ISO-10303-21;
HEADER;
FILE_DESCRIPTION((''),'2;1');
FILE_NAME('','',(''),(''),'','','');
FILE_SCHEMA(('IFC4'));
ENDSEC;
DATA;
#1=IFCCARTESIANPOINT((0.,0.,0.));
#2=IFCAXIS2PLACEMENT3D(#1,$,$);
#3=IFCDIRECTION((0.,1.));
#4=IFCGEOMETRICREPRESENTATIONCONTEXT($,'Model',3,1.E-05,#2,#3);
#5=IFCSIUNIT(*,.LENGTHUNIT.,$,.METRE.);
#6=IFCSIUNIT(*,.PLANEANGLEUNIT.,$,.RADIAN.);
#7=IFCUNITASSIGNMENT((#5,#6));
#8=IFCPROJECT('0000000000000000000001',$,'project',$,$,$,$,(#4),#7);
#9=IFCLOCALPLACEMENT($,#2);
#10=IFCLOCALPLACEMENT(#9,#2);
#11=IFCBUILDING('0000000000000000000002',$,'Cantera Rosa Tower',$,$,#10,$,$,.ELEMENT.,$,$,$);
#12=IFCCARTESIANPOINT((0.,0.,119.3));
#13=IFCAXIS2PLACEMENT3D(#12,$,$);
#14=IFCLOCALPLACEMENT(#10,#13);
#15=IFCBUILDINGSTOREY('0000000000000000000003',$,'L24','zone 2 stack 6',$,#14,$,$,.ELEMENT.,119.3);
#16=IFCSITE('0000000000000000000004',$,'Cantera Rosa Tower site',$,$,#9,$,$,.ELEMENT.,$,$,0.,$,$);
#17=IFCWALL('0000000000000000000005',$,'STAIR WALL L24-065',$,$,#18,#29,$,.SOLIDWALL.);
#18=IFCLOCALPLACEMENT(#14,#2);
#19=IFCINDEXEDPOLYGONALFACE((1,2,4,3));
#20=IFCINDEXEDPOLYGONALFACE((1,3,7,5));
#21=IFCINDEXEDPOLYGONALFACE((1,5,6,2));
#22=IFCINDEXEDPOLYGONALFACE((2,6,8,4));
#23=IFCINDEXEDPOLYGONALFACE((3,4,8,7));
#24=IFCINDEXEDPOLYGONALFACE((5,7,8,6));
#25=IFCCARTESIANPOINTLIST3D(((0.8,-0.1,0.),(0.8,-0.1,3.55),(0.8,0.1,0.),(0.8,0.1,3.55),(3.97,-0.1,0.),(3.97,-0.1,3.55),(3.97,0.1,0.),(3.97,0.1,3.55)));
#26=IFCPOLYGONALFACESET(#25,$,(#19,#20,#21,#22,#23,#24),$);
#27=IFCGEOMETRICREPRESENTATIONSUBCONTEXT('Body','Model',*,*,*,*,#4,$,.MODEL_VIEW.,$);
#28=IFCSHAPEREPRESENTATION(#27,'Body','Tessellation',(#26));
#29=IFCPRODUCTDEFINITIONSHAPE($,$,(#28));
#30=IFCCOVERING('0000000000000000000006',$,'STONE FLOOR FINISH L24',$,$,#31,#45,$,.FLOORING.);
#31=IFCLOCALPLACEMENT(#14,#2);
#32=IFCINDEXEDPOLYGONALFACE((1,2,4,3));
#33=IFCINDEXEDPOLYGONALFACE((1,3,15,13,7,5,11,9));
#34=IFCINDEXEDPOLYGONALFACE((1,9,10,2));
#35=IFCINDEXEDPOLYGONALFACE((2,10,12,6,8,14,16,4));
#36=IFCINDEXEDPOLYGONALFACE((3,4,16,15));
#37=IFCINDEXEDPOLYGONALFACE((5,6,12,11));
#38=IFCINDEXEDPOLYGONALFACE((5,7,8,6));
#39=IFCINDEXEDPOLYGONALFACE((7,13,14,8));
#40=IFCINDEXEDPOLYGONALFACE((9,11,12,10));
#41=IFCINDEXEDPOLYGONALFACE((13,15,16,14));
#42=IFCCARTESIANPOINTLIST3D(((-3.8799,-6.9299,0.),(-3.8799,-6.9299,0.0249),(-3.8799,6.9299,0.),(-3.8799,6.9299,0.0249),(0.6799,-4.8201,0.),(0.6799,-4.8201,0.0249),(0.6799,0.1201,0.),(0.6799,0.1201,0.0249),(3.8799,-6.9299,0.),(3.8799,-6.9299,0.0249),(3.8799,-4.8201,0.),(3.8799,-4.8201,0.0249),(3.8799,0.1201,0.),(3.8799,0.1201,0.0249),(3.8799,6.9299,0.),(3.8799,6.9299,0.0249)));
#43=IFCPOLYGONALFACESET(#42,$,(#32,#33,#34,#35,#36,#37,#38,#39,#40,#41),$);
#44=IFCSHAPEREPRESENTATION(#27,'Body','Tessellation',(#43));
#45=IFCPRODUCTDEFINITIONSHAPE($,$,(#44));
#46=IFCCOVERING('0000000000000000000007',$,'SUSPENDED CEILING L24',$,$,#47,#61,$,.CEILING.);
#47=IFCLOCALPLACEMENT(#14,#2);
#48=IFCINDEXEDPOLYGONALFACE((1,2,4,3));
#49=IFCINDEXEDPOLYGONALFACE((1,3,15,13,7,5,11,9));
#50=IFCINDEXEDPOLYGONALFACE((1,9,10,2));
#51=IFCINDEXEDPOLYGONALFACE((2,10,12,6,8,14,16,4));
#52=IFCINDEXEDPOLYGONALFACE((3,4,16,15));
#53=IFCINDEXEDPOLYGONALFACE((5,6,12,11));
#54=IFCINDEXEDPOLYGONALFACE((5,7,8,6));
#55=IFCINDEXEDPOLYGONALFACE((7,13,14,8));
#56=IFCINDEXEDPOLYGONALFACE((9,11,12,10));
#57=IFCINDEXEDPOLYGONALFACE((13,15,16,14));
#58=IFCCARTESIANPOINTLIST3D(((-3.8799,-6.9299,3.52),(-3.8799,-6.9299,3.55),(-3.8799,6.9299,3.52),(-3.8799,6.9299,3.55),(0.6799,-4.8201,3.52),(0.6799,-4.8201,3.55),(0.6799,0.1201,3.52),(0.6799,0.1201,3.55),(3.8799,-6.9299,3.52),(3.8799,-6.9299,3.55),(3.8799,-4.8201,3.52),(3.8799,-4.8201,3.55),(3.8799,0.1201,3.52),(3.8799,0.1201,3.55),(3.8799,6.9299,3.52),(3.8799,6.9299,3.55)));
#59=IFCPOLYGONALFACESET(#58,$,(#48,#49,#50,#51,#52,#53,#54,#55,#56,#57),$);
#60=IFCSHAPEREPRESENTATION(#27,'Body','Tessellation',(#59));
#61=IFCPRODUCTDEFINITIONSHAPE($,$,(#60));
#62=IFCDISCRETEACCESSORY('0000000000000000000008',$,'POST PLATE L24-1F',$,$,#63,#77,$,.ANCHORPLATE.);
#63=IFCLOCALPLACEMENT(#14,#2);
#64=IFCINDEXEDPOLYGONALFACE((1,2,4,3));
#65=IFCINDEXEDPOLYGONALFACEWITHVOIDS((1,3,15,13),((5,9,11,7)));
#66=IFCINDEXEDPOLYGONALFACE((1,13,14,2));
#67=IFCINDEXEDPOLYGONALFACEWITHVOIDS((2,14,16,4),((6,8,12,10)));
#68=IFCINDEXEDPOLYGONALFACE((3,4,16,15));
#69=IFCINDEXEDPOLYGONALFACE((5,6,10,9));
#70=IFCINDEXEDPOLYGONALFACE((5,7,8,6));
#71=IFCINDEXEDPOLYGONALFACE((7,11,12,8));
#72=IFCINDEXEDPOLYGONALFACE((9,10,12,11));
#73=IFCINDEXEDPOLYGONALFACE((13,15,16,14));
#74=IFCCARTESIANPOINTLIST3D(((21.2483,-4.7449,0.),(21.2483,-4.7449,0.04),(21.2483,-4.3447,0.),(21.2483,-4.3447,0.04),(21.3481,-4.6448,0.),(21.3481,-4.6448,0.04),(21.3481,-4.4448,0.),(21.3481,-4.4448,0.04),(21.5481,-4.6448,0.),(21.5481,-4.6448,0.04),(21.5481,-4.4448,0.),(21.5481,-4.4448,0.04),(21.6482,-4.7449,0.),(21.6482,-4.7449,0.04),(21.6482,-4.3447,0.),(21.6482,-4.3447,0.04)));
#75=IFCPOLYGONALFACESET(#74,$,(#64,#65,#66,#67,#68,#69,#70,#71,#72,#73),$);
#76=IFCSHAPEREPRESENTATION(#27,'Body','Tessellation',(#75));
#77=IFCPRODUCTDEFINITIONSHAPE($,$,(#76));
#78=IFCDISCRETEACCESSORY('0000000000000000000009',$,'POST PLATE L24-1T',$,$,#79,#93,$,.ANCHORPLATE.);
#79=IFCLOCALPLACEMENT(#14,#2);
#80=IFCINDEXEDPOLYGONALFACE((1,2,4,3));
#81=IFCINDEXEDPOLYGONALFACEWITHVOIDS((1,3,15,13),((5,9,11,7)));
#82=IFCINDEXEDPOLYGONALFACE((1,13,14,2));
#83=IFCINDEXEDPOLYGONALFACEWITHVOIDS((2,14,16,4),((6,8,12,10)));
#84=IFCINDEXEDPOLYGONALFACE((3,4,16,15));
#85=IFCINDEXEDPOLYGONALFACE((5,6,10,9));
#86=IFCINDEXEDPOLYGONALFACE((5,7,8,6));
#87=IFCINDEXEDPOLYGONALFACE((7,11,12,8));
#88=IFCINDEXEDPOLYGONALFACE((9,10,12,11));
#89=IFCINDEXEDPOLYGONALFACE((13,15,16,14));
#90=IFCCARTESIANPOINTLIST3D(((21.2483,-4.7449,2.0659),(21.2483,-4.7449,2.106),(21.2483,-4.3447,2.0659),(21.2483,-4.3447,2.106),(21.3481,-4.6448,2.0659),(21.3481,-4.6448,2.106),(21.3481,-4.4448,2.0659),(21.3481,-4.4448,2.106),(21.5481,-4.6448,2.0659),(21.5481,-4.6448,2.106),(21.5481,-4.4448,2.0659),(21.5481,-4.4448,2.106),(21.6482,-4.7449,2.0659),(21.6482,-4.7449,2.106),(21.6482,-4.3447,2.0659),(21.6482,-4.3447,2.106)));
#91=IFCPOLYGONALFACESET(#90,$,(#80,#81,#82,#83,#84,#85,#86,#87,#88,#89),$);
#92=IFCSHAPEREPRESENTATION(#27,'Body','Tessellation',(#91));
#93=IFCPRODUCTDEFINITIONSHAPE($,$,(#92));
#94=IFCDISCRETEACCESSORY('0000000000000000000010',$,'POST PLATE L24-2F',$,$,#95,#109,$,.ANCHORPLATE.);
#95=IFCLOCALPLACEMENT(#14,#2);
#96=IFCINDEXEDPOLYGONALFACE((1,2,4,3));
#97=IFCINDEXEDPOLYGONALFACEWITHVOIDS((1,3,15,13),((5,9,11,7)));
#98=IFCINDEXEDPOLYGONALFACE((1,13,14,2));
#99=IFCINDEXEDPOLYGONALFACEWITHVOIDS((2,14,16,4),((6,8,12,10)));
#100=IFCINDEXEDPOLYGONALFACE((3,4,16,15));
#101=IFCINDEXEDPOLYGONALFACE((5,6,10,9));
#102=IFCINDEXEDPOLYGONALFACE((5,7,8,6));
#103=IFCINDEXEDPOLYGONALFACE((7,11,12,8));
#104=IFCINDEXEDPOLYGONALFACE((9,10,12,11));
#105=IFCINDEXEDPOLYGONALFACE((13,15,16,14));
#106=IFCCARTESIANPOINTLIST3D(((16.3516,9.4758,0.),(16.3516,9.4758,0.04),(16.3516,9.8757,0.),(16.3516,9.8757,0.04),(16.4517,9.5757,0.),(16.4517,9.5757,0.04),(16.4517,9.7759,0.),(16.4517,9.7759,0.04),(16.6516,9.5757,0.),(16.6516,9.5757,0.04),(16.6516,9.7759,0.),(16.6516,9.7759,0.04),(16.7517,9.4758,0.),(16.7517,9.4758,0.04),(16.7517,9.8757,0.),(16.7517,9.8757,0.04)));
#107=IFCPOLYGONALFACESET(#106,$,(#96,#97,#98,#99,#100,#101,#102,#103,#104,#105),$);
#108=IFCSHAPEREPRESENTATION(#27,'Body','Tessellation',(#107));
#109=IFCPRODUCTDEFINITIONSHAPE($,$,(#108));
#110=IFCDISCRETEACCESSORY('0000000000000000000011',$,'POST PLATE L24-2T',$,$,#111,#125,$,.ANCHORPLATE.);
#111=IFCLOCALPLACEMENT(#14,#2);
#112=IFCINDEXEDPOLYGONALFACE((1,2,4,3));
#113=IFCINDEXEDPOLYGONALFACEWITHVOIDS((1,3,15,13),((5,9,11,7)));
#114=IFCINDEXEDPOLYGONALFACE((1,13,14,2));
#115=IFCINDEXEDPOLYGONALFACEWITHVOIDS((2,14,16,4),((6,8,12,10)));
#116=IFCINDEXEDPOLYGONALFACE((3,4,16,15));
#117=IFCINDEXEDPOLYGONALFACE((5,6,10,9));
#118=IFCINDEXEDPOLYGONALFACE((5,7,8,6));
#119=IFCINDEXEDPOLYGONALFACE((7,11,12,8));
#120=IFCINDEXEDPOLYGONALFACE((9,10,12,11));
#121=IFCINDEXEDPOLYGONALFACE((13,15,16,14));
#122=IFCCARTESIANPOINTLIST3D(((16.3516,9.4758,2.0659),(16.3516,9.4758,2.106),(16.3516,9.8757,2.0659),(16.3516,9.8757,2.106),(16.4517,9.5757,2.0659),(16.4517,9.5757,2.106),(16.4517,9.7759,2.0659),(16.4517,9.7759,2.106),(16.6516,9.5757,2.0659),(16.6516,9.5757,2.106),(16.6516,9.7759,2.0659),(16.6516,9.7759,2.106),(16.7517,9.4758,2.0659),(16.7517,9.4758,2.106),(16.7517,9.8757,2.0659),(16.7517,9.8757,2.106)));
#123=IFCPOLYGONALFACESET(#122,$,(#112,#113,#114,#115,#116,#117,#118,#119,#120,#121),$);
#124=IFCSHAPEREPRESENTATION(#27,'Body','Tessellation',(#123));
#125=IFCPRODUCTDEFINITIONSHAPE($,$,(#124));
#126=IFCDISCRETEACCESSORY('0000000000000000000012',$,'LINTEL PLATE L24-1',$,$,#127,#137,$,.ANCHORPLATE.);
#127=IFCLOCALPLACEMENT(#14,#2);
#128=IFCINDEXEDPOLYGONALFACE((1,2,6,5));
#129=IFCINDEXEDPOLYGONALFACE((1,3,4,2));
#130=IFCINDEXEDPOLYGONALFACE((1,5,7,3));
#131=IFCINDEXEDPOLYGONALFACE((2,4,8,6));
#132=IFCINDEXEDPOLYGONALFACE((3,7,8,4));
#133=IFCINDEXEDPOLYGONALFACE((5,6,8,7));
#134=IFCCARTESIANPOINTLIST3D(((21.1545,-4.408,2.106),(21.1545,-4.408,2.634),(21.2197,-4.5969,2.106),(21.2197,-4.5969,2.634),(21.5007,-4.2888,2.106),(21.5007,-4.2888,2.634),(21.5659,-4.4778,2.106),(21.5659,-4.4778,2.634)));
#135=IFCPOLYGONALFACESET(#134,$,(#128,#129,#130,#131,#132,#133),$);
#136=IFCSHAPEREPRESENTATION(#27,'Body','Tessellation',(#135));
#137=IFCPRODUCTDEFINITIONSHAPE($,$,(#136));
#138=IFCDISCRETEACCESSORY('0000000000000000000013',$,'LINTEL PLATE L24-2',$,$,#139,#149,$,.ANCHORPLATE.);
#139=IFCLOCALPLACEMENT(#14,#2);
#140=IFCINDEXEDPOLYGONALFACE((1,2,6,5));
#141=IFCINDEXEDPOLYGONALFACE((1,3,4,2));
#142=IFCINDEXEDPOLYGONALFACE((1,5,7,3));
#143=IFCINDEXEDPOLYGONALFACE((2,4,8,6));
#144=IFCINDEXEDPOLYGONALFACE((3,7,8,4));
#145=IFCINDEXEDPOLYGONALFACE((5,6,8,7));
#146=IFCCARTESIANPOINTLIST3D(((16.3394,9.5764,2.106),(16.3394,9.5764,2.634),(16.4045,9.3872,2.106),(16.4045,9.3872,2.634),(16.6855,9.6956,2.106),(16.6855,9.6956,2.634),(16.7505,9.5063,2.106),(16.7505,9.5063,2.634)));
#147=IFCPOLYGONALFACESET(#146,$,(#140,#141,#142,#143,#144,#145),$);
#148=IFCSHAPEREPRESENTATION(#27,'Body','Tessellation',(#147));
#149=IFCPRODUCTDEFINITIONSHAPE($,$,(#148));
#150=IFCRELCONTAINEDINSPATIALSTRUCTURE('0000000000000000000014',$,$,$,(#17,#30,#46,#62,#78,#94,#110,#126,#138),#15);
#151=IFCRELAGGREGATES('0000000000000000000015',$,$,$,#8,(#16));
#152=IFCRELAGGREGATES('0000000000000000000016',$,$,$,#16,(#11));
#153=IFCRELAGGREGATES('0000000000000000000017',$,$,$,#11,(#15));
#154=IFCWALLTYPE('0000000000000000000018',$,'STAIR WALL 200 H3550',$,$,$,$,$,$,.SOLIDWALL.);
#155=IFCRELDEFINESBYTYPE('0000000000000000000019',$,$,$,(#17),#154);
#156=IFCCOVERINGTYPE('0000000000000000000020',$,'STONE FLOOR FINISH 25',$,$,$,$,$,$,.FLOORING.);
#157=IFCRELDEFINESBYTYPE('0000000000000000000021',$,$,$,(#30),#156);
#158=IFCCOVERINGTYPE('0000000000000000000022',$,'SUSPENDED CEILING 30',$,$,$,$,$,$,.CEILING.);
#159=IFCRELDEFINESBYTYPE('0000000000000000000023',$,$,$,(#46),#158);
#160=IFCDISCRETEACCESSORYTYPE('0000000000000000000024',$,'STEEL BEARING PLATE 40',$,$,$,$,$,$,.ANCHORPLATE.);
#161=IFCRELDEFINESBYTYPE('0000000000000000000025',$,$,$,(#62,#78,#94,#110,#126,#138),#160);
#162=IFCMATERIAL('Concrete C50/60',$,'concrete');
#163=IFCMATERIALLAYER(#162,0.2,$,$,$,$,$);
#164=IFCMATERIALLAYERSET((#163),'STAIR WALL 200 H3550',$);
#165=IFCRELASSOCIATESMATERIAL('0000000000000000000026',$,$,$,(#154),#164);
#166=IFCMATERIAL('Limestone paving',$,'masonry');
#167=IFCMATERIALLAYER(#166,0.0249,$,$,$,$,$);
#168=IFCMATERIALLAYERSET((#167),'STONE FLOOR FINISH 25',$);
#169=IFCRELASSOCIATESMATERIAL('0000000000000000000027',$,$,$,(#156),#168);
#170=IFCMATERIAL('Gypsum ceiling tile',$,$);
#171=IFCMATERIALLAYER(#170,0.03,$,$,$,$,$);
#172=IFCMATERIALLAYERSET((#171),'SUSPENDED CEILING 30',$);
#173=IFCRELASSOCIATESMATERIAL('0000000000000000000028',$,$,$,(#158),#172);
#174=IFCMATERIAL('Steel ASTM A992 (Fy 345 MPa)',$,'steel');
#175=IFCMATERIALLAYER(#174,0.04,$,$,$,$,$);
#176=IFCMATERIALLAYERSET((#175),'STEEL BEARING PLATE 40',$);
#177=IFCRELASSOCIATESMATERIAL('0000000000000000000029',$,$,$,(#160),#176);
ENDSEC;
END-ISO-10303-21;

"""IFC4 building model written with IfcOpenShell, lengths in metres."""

from ifc_helpers import new_model, si_unit, direction, frame, frame_2d, origin, place, context, subcontext, project, spatial, polyline, rectangle, outline, extrude, material, layer, layer_set, type_object, element, save


model = new_model("IFC4")

# Units and contexts
model_context = context("Model", 3, precision=1e-05, world=origin(), true_north=direction((0.0, 1.0)))
body_context = subcontext(model_context, "Body", "Model", "MODEL_VIEW")
ifc_project = project(units=[si_unit("LENGTHUNIT", "METRE"), si_unit("PLANEANGLEUNIT", "RADIAN")], contexts=[model_context])

# Site, building, storey
site_placement = place(None, origin())
site = spatial("IfcSite", under=ifc_project, at=site_placement, Name="Cantera Rosa Tower site", CompositionType="ELEMENT", RefElevation=0.0)
building_placement = place(site_placement, origin())
building = spatial("IfcBuilding", under=site, at=building_placement, Name="Cantera Rosa Tower", CompositionType="ELEMENT")
storey_placement = place(building_placement, frame((0.0, 0.0, 119.3)))
storey = spatial("IfcBuildingStorey", under=building, at=storey_placement, Name="L24", Description="zone 2 stack 6", CompositionType="ELEMENT", Elevation=119.3)

# Wall
ifc_material_1 = material(Name="Concrete C50/60", Category="concrete")
ifc_layer_1 = layer(ifc_material_1, 0.2)
ifc_layer_set_1 = layer_set([ifc_layer_1], Name="STAIR WALL 200 H3550")
wall_type_1 = type_object("IfcWallType", Name="STAIR WALL 200 H3550", PredefinedType="SOLIDWALL", material=ifc_layer_set_1)
wall_1_placement = place(storey_placement, frame((0.8, 0.0, 0.0), z_axis=(0.0, 0.0, 1.0), x_axis=(1.0, 0.0, 0.0)))
element("IfcWall", 1, at=wall_1_placement, inside=storey, type_object=wall_type_1, Name="STAIR WALL L24-065", PredefinedType="SOLIDWALL", context=body_context, shape_type="SweptSolid", body=[
    extrude(rectangle(XDim=3.1699, YDim=0.2, at=frame_2d((1.585, 0.0))), origin(), (0.0, 0.0, 1.0), 3.55),
])

# Coverings
ifc_material_2 = material(Name="Limestone paving", Category="masonry")
ifc_layer_2 = layer(ifc_material_2, 0.0249)
ifc_layer_set_2 = layer_set([ifc_layer_2], Name="STONE FLOOR FINISH 25")
covering_type_1 = type_object("IfcCoveringType", Name="STONE FLOOR FINISH 25", PredefinedType="FLOORING", material=ifc_layer_set_2)
covering_1_placement = place(storey_placement, origin())
element("IfcCovering", 2, at=covering_1_placement, inside=storey, type_object=covering_type_1, Name="STONE FLOOR FINISH L24", PredefinedType="FLOORING", context=body_context, shape_type="SweptSolid", body=[
    extrude(outline(polyline([(3.8799, 6.9299), (3.8799, 0.1201), (0.6799, 0.1201), (0.6799, -4.8201), (3.8799, -4.8201), (3.8799, -6.9299), (-3.8799, -6.9299), (-3.8799, 6.9299), (3.8799, 6.9299)])), origin(), (0.0, 0.0, 1.0), 0.0249),
])
ifc_material_3 = material(Name="Gypsum ceiling tile")
ifc_layer_3 = layer(ifc_material_3, 0.03)
ifc_layer_set_3 = layer_set([ifc_layer_3], Name="SUSPENDED CEILING 30")
covering_type_2 = type_object("IfcCoveringType", Name="SUSPENDED CEILING 30", PredefinedType="CEILING", material=ifc_layer_set_3)
covering_2_placement = place(storey_placement, frame((0.0, 0.0, 3.52)))
element("IfcCovering", 3, at=covering_2_placement, inside=storey, type_object=covering_type_2, Name="SUSPENDED CEILING L24", PredefinedType="CEILING", context=body_context, shape_type="SweptSolid", body=[
    extrude(outline(polyline([(3.8799, 6.9299), (3.8799, 0.1201), (0.6799, 0.1201), (0.6799, -4.8201), (3.8799, -4.8201), (3.8799, -6.9299), (-3.8799, -6.9299), (-3.8799, 6.9299), (3.8799, 6.9299)])), origin(), (0.0, 0.0, 1.0), 0.03),
])

# Discrete accessories
ifc_material_4 = material(Name="Steel ASTM A992 (Fy 345 MPa)", Category="steel")
ifc_layer_4 = layer(ifc_material_4, 0.04)
ifc_layer_set_4 = layer_set([ifc_layer_4], Name="STEEL BEARING PLATE 40")
discrete_accessory_type = type_object("IfcDiscreteAccessoryType", Name="STEEL BEARING PLATE 40", PredefinedType="ANCHORPLATE", material=ifc_layer_set_4)
for number, where, name in (
    (4, (0.0, 0.0, 0.0), "POST PLATE L24-1F"),
    (5, (0.0, 0.0, 2.0659), "POST PLATE L24-1T"),
):
    element("IfcDiscreteAccessory", number, at=place(storey_placement, frame(where)), inside=storey, type_object=discrete_accessory_type, Name=name, PredefinedType="ANCHORPLATE", context=body_context, shape_type="SweptSolid", body=[
        extrude(outline(polyline([(21.2483, -4.7449), (21.6482, -4.7449), (21.6482, -4.3447), (21.2483, -4.3447), (21.2483, -4.7449)]), holes=[polyline([(21.3481, -4.6448), (21.5481, -4.6448), (21.5481, -4.4448), (21.3481, -4.4448), (21.3481, -4.6448)])]), origin(), (0.0, 0.0, 1.0), 0.04),
    ])
for number, where, name in (
    (6, (0.0, 0.0, 0.0), "POST PLATE L24-2F"),
    (7, (0.0, 0.0, 2.0659), "POST PLATE L24-2T"),
):
    element("IfcDiscreteAccessory", number, at=place(storey_placement, frame(where)), inside=storey, type_object=discrete_accessory_type, Name=name, PredefinedType="ANCHORPLATE", context=body_context, shape_type="SweptSolid", body=[
        extrude(outline(polyline([(16.3516, 9.4758), (16.7517, 9.4758), (16.7517, 9.8757), (16.3516, 9.8757), (16.3516, 9.4758)]), holes=[polyline([(16.4517, 9.5757), (16.6516, 9.5757), (16.6516, 9.7759), (16.4517, 9.7759), (16.4517, 9.5757)])]), origin(), (0.0, 0.0, 1.0), 0.04),
    ])
discrete_accessory_1_placement = place(storey_placement, frame((0.0, 0.0, 2.106)))
element("IfcDiscreteAccessory", 8, at=discrete_accessory_1_placement, inside=storey, type_object=discrete_accessory_type, Name="LINTEL PLATE L24-1", PredefinedType="ANCHORPLATE", context=body_context, shape_type="SweptSolid", body=[
    extrude(outline(polyline([(21.1545, -4.408), (21.2197, -4.5969), (21.5659, -4.4778), (21.5007, -4.2888), (21.1545, -4.408)])), origin(), (0.0, 0.0, 1.0), 0.5281),
])
discrete_accessory_2_placement = place(storey_placement, frame((0.0, 0.0, 2.106)))
element("IfcDiscreteAccessory", 9, at=discrete_accessory_2_placement, inside=storey, type_object=discrete_accessory_type, Name="LINTEL PLATE L24-2", PredefinedType="ANCHORPLATE", context=body_context, shape_type="SweptSolid", body=[
    extrude(outline(polyline([(16.7505, 9.5063), (16.6855, 9.6956), (16.3394, 9.5764), (16.4045, 9.3872), (16.7505, 9.5063)])), origin(), (0.0, 0.0, 1.0), 0.5281),
])

save(model, "model.ifc")
